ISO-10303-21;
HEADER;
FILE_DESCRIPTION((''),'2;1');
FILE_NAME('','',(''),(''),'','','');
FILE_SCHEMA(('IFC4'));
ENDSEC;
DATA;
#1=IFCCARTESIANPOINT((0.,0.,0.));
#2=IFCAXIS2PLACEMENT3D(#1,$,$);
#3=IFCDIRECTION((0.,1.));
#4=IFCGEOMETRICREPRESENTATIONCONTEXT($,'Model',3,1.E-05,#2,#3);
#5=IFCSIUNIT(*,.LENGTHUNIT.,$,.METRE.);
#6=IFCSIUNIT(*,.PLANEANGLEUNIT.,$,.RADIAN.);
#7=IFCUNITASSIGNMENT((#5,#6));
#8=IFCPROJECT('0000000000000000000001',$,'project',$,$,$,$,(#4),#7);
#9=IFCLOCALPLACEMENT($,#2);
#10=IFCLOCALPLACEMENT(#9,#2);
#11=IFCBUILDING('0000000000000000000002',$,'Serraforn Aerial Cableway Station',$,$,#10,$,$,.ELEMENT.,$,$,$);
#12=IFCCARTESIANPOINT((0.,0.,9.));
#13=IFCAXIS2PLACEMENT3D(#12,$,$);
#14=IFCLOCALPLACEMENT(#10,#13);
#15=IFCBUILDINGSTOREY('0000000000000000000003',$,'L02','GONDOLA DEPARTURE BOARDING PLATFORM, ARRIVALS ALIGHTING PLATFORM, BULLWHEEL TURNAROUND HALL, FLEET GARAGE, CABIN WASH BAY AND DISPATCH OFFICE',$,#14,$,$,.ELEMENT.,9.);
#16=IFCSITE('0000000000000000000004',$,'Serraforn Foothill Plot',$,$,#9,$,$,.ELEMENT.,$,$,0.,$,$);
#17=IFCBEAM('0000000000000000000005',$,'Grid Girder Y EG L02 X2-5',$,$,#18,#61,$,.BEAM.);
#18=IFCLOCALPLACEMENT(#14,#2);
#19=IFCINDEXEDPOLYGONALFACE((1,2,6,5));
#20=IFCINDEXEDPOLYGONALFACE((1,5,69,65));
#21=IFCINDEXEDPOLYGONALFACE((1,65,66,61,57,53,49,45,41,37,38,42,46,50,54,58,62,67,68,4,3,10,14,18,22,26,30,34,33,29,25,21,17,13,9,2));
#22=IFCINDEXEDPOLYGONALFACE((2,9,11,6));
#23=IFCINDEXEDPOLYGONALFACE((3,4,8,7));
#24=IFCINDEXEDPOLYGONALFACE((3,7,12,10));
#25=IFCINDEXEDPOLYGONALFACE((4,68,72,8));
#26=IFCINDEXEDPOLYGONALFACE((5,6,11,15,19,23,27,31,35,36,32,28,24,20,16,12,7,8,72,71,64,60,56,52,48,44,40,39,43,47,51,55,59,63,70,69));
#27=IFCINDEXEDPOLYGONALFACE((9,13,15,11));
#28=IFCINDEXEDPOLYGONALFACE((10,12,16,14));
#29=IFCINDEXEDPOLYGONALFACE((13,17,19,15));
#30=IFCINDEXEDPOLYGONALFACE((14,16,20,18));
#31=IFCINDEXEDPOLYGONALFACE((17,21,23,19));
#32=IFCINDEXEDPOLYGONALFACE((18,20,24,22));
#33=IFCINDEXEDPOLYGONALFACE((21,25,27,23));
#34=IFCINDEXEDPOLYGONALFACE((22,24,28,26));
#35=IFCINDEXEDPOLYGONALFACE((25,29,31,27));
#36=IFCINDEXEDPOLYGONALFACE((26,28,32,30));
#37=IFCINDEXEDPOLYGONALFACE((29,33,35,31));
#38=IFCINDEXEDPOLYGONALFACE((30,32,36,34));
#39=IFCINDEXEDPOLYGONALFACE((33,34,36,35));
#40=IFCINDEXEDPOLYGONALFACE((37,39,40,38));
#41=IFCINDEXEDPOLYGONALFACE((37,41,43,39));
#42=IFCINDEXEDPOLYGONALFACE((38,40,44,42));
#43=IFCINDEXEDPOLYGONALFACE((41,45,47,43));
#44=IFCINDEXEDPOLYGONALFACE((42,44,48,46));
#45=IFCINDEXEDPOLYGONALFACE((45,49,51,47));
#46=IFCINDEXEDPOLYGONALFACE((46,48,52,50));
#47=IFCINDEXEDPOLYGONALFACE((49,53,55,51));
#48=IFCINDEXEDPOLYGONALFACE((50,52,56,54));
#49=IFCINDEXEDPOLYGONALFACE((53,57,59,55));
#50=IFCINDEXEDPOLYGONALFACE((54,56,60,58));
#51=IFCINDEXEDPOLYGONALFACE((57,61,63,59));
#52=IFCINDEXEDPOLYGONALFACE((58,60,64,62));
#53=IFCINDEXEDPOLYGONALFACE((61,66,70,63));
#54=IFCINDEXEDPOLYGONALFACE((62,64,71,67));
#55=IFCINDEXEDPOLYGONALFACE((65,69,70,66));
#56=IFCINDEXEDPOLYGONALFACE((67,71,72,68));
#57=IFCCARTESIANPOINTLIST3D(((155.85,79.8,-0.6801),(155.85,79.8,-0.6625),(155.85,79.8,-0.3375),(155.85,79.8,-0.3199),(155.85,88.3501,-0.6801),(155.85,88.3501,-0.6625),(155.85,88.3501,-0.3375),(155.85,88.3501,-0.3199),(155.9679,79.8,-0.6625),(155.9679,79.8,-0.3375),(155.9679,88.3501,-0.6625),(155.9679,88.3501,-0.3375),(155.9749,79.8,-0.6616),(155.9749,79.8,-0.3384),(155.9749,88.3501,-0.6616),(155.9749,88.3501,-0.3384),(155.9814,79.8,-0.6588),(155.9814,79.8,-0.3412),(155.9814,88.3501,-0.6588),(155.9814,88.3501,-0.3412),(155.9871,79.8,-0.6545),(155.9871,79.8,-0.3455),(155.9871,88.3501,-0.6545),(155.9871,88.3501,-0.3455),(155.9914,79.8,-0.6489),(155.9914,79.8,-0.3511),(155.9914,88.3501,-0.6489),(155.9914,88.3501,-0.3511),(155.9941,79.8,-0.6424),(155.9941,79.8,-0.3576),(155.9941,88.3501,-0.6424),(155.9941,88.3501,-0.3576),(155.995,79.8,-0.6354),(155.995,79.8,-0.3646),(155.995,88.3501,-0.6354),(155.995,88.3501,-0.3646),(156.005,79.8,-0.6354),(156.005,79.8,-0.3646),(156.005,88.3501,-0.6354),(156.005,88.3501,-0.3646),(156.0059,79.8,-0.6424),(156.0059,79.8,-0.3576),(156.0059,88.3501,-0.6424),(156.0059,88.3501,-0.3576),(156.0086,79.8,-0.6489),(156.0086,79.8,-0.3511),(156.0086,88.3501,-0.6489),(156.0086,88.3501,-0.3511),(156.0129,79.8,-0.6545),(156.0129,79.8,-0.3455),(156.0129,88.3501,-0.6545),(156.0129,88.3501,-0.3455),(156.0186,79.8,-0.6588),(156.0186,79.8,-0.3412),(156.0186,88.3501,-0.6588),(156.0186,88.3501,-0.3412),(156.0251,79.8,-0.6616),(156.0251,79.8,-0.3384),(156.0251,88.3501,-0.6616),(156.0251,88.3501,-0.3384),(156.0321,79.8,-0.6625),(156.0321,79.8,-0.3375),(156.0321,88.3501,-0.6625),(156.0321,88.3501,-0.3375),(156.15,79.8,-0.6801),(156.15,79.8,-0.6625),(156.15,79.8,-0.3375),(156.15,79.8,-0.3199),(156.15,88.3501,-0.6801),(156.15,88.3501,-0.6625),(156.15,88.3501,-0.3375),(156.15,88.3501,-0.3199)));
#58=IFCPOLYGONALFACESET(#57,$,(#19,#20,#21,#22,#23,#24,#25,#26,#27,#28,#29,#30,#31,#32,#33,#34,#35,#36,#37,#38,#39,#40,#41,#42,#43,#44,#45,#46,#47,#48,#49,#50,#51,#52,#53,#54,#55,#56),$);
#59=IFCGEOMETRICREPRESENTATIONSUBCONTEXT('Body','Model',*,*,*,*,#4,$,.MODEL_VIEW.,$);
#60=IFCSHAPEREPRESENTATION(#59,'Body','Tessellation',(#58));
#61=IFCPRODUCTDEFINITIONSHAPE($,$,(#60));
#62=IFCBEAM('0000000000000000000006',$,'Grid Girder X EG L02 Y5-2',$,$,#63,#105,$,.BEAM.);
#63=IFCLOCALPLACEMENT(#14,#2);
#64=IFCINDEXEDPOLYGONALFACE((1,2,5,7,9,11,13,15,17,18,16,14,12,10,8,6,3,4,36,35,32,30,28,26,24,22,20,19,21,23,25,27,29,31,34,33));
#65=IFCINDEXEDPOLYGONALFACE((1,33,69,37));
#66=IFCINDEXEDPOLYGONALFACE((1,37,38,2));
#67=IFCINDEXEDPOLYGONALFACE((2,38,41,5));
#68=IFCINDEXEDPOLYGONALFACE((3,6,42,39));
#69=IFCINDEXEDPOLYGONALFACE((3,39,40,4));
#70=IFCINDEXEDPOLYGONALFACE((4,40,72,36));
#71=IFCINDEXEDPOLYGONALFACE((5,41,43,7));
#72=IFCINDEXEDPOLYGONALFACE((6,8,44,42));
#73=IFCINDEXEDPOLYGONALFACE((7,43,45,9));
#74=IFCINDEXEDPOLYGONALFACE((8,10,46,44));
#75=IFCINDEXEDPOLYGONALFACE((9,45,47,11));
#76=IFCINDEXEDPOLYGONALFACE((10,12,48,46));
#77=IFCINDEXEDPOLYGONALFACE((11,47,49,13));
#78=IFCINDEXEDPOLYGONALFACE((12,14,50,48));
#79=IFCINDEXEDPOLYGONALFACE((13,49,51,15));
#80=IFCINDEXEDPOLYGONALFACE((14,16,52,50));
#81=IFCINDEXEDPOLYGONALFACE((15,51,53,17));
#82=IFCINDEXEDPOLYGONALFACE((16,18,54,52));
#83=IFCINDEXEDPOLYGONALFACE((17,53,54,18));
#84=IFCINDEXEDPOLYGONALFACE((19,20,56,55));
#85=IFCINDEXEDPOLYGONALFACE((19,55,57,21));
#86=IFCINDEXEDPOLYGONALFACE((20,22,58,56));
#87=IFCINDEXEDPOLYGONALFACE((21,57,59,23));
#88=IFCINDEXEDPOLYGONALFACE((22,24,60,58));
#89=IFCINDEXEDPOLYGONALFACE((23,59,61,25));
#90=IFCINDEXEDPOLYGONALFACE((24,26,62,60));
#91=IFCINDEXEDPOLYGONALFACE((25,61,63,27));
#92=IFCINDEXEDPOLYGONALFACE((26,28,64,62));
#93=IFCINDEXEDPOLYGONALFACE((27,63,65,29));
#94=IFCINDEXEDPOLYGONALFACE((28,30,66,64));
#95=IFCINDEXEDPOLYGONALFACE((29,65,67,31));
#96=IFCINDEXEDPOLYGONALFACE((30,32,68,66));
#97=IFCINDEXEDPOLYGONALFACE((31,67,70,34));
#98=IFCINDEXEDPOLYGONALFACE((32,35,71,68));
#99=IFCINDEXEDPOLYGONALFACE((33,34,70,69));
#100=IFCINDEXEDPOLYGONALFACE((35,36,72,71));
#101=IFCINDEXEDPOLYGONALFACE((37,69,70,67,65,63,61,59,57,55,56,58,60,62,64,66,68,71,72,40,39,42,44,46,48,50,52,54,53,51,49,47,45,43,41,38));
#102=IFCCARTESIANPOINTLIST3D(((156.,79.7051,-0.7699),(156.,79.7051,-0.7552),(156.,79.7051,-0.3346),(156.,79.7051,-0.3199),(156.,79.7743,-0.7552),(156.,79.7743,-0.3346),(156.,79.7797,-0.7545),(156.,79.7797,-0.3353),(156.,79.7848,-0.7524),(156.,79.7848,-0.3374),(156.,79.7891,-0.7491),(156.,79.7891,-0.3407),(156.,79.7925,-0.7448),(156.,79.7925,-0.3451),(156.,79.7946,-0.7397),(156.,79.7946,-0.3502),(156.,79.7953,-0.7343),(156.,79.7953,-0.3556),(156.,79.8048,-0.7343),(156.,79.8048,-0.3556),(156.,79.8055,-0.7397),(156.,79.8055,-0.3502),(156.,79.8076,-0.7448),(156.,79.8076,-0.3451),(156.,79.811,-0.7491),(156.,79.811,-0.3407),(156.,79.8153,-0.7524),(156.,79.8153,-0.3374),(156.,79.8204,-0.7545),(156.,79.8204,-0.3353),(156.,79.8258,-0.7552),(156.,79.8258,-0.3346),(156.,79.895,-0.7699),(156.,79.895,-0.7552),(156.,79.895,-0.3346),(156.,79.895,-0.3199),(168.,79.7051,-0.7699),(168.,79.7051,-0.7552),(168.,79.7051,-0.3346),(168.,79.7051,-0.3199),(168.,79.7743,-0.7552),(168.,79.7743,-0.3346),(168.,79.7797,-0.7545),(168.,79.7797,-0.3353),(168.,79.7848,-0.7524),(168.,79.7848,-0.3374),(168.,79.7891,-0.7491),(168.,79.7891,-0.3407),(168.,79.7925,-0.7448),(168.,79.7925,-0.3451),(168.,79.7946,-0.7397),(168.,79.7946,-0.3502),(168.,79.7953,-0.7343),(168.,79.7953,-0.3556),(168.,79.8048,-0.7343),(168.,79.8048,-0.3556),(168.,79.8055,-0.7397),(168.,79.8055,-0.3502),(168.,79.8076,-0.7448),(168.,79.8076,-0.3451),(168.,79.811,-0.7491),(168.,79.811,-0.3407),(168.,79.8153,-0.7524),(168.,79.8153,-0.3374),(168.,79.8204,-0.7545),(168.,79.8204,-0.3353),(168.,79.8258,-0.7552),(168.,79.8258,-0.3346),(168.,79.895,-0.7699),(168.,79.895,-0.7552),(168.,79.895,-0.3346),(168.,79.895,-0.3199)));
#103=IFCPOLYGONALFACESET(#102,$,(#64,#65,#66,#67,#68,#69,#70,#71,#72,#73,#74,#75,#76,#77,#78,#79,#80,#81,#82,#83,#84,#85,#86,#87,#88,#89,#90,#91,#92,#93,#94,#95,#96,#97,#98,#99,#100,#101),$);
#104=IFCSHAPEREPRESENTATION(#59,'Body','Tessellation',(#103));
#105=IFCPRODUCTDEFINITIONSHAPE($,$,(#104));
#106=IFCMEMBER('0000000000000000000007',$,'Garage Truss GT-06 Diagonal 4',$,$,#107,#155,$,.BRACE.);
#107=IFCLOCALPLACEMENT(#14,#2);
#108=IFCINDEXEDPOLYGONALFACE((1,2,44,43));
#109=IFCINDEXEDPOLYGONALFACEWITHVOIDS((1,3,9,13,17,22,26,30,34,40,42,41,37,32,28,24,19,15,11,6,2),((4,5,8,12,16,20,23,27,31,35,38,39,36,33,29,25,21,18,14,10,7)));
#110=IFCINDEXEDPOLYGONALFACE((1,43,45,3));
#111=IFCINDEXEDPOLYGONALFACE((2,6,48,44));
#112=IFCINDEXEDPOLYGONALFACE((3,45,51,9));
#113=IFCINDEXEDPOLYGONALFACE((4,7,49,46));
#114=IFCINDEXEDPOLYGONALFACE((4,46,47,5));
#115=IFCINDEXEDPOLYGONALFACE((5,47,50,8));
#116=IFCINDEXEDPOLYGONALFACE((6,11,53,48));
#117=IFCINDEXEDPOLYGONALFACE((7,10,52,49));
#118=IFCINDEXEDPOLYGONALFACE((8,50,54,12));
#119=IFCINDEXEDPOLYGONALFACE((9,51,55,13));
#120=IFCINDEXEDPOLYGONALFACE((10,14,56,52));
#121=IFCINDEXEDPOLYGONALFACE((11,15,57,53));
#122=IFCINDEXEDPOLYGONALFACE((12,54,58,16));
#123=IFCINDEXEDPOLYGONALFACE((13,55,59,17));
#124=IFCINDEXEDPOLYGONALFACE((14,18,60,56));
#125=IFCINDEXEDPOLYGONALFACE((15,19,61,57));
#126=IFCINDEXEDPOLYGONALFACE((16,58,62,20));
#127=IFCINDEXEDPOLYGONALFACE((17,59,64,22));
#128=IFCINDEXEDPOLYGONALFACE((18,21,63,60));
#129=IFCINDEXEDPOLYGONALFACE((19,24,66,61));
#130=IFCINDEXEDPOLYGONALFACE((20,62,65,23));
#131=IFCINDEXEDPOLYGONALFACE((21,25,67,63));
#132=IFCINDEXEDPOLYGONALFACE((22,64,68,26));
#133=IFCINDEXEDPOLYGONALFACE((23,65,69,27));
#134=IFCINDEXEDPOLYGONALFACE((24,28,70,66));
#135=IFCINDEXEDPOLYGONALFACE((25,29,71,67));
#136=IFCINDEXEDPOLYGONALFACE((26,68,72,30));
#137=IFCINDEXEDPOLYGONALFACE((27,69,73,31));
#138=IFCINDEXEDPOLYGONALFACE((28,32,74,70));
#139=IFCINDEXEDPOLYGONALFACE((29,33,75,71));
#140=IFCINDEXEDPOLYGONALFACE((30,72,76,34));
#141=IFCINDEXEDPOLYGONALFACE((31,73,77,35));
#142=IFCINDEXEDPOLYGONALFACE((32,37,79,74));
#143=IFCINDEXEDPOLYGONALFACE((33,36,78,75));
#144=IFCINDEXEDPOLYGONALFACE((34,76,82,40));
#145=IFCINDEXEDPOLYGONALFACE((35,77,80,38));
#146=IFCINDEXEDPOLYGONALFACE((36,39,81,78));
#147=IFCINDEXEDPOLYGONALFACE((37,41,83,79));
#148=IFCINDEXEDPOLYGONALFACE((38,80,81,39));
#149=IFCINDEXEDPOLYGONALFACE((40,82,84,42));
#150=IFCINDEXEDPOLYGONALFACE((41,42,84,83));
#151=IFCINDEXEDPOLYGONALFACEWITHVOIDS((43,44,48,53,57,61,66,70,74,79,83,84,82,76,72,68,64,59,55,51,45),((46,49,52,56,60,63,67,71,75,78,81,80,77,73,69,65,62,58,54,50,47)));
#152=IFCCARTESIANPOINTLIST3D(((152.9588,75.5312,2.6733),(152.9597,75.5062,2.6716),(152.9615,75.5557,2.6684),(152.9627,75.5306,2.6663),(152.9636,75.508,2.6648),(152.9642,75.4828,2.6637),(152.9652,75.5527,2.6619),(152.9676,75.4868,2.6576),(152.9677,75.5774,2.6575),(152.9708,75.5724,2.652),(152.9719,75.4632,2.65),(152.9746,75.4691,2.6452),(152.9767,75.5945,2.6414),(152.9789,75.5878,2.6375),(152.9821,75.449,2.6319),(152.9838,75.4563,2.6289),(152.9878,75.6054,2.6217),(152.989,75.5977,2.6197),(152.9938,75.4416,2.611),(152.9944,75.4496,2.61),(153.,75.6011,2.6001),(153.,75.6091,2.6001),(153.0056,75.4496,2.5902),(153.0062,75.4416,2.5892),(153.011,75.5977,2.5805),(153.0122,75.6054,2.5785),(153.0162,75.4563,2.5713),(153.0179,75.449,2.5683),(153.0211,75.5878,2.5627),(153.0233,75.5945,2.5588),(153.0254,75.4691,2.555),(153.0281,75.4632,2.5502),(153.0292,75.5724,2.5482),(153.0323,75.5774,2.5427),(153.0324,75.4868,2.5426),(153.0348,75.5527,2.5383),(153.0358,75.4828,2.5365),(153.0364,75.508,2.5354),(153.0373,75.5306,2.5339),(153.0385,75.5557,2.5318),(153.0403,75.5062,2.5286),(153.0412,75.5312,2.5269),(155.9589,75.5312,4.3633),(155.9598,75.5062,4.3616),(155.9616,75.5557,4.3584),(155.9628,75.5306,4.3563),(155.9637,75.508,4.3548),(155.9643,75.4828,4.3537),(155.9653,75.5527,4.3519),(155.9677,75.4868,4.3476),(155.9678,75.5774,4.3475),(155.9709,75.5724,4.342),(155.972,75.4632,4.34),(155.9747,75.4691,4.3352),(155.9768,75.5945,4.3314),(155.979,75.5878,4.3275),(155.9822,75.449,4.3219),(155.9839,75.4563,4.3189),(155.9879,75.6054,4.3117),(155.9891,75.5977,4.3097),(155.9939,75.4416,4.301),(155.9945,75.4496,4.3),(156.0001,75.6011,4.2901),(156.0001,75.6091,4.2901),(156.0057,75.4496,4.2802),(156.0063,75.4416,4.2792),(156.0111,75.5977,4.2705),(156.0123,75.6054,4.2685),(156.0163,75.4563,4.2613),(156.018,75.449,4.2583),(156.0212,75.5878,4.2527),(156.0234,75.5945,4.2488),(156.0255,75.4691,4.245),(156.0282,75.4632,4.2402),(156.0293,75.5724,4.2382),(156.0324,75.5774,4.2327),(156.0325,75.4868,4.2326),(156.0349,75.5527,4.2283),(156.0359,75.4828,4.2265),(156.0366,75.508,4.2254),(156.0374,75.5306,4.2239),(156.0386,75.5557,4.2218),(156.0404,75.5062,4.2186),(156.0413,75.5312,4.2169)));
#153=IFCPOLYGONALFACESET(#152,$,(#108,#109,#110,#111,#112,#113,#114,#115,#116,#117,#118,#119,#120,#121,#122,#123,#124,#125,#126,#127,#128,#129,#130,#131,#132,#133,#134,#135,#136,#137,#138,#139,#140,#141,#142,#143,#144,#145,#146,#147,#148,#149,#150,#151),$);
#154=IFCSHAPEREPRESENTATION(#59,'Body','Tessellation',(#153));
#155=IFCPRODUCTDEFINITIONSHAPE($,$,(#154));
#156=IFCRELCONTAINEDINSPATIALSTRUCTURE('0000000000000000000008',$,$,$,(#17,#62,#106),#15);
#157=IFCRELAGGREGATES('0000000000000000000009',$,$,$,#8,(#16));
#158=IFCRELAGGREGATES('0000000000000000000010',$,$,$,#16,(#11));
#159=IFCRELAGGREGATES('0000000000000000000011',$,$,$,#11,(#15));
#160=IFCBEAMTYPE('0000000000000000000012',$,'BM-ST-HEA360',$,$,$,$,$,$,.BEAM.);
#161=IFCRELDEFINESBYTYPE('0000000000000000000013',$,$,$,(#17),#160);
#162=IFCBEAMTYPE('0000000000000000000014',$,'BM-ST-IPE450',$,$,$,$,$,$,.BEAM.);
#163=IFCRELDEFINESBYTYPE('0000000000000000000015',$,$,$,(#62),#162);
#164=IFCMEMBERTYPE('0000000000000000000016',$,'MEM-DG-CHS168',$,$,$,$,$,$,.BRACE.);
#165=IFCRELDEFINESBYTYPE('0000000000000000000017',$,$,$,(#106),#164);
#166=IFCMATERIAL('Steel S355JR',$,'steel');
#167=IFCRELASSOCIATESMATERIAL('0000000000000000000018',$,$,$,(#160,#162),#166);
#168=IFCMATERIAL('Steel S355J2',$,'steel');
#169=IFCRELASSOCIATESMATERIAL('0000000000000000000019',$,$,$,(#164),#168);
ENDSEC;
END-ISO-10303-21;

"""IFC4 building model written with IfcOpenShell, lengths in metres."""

from ifc_helpers import new_model, si_unit, direction, frame, origin, origin_2d, place, context, subcontext, project, spatial, hollow_circle, i_section, extrude, material, material_profile, profile_set, type_object, element, save


model = new_model("IFC4")

# Units and contexts
model_context = context("Model", 3, precision=1e-05, world=origin(), true_north=direction((0.0, 1.0)))
body_context = subcontext(model_context, "Body", "Model", "MODEL_VIEW")
ifc_project = project(units=[si_unit("LENGTHUNIT", "METRE"), si_unit("PLANEANGLEUNIT", "RADIAN")], contexts=[model_context])

# Site, building, storey
site_placement = place(None, origin())
site = spatial("IfcSite", under=ifc_project, at=site_placement, Name="Serraforn Foothill Plot", CompositionType="ELEMENT", RefElevation=0.0)
building_placement = place(site_placement, origin())
building = spatial("IfcBuilding", under=site, at=building_placement, Name="Serraforn Aerial Cableway Station", CompositionType="ELEMENT")
storey_placement = place(building_placement, frame((0.0, 0.0, 9.0)))
storey = spatial("IfcBuildingStorey", under=building, at=storey_placement, Name="L02", Description="GONDOLA DEPARTURE BOARDING PLATFORM, ARRIVALS ALIGHTING PLATFORM, BULLWHEEL TURNAROUND HALL, FLEET GARAGE, CABIN WASH BAY AND DISPATCH OFFICE", CompositionType="ELEMENT", Elevation=9.0)

# Beams
ifc_material_1 = material(Name="Steel S355JR", Category="steel")
ifc_material_profile_1 = material_profile(ifc_material_1, i_section(OverallWidth=0.3, OverallDepth=0.3601, WebThickness=0.01, FlangeThickness=0.0176, FilletRadius=0.0271, at=origin_2d()), Name="HEA 360")
ifc_profile_set_1 = profile_set([ifc_material_profile_1], Name="Steel S355JR")
beam_type_1 = type_object("IfcBeamType", Name="BM-ST-HEA360", PredefinedType="BEAM", material=ifc_profile_set_1)
beam_1_placement = place(storey_placement, frame((156.0, 79.8, -0.5), z_axis=(0.0, 1.0, 0.0), x_axis=(-1.0, 0.0, 0.0)))
element("IfcBeam", 1, at=beam_1_placement, inside=storey, type_object=beam_type_1, Name="Grid Girder Y EG L02 X2-5", PredefinedType="BEAM", context=body_context, shape_type="SweptSolid", body=[
    extrude(i_section(OverallWidth=0.3, OverallDepth=0.3601, WebThickness=0.01, FlangeThickness=0.0176, FilletRadius=0.0271, at=origin_2d()), origin(), (0.0, 0.0, 1.0), 8.55),
])
ifc_material_profile_2 = material_profile(ifc_material_1, i_section(OverallWidth=0.1899, OverallDepth=0.45, WebThickness=0.0095, FlangeThickness=0.0146, FilletRadius=0.021, at=origin_2d()), Name="IPE 450")
ifc_profile_set_2 = profile_set([ifc_material_profile_2], Name="Steel S355JR")
beam_type_2 = type_object("IfcBeamType", Name="BM-ST-IPE450", PredefinedType="BEAM", material=ifc_profile_set_2)
beam_2_placement = place(storey_placement, frame((156.0, 79.8, -0.5449), z_axis=(1.0, 0.0, 0.0), x_axis=(0.0, 1.0, 0.0)))
element("IfcBeam", 2, at=beam_2_placement, inside=storey, type_object=beam_type_2, Name="Grid Girder X EG L02 Y5-2", PredefinedType="BEAM", context=body_context, shape_type="SweptSolid", body=[
    extrude(i_section(OverallWidth=0.1899, OverallDepth=0.45, WebThickness=0.0095, FlangeThickness=0.0146, FilletRadius=0.021, at=origin_2d()), origin(), (0.0, 0.0, 1.0), 12.0),
])

# Member
ifc_material_2 = material(Name="Steel S355J2", Category="steel")
ifc_material_profile_3 = material_profile(ifc_material_2, hollow_circle(Radius=0.0842, WallThickness=0.0081, at=origin_2d()), Name="CHS 168.3x8.0")
ifc_profile_set_3 = profile_set([ifc_material_profile_3], Name="Steel S355J2")
member_type_1 = type_object("IfcMemberType", Name="MEM-DG-CHS168", PredefinedType="BRACE", material=ifc_profile_set_3)
for number, where, z_axis, x_axis, name in (
    (3, (153.0, 75.5249, 2.6001), (0.871272, 0.0, 0.4908), (0.0, 1.0, 0.0), "Garage Truss GT-06 Diagonal 4"),
):
    element("IfcMember", number, at=place(storey_placement, frame(where, z_axis=z_axis, x_axis=x_axis)), inside=storey, type_object=member_type_1, Name=name, PredefinedType="BRACE", context=body_context, shape_type="SweptSolid", body=[
        extrude(hollow_circle(Radius=0.0842, WallThickness=0.0081, at=origin_2d()), origin(), (0.0, 0.0, 1.0), 3.4434),
    ])

save(model, "model.ifc")
